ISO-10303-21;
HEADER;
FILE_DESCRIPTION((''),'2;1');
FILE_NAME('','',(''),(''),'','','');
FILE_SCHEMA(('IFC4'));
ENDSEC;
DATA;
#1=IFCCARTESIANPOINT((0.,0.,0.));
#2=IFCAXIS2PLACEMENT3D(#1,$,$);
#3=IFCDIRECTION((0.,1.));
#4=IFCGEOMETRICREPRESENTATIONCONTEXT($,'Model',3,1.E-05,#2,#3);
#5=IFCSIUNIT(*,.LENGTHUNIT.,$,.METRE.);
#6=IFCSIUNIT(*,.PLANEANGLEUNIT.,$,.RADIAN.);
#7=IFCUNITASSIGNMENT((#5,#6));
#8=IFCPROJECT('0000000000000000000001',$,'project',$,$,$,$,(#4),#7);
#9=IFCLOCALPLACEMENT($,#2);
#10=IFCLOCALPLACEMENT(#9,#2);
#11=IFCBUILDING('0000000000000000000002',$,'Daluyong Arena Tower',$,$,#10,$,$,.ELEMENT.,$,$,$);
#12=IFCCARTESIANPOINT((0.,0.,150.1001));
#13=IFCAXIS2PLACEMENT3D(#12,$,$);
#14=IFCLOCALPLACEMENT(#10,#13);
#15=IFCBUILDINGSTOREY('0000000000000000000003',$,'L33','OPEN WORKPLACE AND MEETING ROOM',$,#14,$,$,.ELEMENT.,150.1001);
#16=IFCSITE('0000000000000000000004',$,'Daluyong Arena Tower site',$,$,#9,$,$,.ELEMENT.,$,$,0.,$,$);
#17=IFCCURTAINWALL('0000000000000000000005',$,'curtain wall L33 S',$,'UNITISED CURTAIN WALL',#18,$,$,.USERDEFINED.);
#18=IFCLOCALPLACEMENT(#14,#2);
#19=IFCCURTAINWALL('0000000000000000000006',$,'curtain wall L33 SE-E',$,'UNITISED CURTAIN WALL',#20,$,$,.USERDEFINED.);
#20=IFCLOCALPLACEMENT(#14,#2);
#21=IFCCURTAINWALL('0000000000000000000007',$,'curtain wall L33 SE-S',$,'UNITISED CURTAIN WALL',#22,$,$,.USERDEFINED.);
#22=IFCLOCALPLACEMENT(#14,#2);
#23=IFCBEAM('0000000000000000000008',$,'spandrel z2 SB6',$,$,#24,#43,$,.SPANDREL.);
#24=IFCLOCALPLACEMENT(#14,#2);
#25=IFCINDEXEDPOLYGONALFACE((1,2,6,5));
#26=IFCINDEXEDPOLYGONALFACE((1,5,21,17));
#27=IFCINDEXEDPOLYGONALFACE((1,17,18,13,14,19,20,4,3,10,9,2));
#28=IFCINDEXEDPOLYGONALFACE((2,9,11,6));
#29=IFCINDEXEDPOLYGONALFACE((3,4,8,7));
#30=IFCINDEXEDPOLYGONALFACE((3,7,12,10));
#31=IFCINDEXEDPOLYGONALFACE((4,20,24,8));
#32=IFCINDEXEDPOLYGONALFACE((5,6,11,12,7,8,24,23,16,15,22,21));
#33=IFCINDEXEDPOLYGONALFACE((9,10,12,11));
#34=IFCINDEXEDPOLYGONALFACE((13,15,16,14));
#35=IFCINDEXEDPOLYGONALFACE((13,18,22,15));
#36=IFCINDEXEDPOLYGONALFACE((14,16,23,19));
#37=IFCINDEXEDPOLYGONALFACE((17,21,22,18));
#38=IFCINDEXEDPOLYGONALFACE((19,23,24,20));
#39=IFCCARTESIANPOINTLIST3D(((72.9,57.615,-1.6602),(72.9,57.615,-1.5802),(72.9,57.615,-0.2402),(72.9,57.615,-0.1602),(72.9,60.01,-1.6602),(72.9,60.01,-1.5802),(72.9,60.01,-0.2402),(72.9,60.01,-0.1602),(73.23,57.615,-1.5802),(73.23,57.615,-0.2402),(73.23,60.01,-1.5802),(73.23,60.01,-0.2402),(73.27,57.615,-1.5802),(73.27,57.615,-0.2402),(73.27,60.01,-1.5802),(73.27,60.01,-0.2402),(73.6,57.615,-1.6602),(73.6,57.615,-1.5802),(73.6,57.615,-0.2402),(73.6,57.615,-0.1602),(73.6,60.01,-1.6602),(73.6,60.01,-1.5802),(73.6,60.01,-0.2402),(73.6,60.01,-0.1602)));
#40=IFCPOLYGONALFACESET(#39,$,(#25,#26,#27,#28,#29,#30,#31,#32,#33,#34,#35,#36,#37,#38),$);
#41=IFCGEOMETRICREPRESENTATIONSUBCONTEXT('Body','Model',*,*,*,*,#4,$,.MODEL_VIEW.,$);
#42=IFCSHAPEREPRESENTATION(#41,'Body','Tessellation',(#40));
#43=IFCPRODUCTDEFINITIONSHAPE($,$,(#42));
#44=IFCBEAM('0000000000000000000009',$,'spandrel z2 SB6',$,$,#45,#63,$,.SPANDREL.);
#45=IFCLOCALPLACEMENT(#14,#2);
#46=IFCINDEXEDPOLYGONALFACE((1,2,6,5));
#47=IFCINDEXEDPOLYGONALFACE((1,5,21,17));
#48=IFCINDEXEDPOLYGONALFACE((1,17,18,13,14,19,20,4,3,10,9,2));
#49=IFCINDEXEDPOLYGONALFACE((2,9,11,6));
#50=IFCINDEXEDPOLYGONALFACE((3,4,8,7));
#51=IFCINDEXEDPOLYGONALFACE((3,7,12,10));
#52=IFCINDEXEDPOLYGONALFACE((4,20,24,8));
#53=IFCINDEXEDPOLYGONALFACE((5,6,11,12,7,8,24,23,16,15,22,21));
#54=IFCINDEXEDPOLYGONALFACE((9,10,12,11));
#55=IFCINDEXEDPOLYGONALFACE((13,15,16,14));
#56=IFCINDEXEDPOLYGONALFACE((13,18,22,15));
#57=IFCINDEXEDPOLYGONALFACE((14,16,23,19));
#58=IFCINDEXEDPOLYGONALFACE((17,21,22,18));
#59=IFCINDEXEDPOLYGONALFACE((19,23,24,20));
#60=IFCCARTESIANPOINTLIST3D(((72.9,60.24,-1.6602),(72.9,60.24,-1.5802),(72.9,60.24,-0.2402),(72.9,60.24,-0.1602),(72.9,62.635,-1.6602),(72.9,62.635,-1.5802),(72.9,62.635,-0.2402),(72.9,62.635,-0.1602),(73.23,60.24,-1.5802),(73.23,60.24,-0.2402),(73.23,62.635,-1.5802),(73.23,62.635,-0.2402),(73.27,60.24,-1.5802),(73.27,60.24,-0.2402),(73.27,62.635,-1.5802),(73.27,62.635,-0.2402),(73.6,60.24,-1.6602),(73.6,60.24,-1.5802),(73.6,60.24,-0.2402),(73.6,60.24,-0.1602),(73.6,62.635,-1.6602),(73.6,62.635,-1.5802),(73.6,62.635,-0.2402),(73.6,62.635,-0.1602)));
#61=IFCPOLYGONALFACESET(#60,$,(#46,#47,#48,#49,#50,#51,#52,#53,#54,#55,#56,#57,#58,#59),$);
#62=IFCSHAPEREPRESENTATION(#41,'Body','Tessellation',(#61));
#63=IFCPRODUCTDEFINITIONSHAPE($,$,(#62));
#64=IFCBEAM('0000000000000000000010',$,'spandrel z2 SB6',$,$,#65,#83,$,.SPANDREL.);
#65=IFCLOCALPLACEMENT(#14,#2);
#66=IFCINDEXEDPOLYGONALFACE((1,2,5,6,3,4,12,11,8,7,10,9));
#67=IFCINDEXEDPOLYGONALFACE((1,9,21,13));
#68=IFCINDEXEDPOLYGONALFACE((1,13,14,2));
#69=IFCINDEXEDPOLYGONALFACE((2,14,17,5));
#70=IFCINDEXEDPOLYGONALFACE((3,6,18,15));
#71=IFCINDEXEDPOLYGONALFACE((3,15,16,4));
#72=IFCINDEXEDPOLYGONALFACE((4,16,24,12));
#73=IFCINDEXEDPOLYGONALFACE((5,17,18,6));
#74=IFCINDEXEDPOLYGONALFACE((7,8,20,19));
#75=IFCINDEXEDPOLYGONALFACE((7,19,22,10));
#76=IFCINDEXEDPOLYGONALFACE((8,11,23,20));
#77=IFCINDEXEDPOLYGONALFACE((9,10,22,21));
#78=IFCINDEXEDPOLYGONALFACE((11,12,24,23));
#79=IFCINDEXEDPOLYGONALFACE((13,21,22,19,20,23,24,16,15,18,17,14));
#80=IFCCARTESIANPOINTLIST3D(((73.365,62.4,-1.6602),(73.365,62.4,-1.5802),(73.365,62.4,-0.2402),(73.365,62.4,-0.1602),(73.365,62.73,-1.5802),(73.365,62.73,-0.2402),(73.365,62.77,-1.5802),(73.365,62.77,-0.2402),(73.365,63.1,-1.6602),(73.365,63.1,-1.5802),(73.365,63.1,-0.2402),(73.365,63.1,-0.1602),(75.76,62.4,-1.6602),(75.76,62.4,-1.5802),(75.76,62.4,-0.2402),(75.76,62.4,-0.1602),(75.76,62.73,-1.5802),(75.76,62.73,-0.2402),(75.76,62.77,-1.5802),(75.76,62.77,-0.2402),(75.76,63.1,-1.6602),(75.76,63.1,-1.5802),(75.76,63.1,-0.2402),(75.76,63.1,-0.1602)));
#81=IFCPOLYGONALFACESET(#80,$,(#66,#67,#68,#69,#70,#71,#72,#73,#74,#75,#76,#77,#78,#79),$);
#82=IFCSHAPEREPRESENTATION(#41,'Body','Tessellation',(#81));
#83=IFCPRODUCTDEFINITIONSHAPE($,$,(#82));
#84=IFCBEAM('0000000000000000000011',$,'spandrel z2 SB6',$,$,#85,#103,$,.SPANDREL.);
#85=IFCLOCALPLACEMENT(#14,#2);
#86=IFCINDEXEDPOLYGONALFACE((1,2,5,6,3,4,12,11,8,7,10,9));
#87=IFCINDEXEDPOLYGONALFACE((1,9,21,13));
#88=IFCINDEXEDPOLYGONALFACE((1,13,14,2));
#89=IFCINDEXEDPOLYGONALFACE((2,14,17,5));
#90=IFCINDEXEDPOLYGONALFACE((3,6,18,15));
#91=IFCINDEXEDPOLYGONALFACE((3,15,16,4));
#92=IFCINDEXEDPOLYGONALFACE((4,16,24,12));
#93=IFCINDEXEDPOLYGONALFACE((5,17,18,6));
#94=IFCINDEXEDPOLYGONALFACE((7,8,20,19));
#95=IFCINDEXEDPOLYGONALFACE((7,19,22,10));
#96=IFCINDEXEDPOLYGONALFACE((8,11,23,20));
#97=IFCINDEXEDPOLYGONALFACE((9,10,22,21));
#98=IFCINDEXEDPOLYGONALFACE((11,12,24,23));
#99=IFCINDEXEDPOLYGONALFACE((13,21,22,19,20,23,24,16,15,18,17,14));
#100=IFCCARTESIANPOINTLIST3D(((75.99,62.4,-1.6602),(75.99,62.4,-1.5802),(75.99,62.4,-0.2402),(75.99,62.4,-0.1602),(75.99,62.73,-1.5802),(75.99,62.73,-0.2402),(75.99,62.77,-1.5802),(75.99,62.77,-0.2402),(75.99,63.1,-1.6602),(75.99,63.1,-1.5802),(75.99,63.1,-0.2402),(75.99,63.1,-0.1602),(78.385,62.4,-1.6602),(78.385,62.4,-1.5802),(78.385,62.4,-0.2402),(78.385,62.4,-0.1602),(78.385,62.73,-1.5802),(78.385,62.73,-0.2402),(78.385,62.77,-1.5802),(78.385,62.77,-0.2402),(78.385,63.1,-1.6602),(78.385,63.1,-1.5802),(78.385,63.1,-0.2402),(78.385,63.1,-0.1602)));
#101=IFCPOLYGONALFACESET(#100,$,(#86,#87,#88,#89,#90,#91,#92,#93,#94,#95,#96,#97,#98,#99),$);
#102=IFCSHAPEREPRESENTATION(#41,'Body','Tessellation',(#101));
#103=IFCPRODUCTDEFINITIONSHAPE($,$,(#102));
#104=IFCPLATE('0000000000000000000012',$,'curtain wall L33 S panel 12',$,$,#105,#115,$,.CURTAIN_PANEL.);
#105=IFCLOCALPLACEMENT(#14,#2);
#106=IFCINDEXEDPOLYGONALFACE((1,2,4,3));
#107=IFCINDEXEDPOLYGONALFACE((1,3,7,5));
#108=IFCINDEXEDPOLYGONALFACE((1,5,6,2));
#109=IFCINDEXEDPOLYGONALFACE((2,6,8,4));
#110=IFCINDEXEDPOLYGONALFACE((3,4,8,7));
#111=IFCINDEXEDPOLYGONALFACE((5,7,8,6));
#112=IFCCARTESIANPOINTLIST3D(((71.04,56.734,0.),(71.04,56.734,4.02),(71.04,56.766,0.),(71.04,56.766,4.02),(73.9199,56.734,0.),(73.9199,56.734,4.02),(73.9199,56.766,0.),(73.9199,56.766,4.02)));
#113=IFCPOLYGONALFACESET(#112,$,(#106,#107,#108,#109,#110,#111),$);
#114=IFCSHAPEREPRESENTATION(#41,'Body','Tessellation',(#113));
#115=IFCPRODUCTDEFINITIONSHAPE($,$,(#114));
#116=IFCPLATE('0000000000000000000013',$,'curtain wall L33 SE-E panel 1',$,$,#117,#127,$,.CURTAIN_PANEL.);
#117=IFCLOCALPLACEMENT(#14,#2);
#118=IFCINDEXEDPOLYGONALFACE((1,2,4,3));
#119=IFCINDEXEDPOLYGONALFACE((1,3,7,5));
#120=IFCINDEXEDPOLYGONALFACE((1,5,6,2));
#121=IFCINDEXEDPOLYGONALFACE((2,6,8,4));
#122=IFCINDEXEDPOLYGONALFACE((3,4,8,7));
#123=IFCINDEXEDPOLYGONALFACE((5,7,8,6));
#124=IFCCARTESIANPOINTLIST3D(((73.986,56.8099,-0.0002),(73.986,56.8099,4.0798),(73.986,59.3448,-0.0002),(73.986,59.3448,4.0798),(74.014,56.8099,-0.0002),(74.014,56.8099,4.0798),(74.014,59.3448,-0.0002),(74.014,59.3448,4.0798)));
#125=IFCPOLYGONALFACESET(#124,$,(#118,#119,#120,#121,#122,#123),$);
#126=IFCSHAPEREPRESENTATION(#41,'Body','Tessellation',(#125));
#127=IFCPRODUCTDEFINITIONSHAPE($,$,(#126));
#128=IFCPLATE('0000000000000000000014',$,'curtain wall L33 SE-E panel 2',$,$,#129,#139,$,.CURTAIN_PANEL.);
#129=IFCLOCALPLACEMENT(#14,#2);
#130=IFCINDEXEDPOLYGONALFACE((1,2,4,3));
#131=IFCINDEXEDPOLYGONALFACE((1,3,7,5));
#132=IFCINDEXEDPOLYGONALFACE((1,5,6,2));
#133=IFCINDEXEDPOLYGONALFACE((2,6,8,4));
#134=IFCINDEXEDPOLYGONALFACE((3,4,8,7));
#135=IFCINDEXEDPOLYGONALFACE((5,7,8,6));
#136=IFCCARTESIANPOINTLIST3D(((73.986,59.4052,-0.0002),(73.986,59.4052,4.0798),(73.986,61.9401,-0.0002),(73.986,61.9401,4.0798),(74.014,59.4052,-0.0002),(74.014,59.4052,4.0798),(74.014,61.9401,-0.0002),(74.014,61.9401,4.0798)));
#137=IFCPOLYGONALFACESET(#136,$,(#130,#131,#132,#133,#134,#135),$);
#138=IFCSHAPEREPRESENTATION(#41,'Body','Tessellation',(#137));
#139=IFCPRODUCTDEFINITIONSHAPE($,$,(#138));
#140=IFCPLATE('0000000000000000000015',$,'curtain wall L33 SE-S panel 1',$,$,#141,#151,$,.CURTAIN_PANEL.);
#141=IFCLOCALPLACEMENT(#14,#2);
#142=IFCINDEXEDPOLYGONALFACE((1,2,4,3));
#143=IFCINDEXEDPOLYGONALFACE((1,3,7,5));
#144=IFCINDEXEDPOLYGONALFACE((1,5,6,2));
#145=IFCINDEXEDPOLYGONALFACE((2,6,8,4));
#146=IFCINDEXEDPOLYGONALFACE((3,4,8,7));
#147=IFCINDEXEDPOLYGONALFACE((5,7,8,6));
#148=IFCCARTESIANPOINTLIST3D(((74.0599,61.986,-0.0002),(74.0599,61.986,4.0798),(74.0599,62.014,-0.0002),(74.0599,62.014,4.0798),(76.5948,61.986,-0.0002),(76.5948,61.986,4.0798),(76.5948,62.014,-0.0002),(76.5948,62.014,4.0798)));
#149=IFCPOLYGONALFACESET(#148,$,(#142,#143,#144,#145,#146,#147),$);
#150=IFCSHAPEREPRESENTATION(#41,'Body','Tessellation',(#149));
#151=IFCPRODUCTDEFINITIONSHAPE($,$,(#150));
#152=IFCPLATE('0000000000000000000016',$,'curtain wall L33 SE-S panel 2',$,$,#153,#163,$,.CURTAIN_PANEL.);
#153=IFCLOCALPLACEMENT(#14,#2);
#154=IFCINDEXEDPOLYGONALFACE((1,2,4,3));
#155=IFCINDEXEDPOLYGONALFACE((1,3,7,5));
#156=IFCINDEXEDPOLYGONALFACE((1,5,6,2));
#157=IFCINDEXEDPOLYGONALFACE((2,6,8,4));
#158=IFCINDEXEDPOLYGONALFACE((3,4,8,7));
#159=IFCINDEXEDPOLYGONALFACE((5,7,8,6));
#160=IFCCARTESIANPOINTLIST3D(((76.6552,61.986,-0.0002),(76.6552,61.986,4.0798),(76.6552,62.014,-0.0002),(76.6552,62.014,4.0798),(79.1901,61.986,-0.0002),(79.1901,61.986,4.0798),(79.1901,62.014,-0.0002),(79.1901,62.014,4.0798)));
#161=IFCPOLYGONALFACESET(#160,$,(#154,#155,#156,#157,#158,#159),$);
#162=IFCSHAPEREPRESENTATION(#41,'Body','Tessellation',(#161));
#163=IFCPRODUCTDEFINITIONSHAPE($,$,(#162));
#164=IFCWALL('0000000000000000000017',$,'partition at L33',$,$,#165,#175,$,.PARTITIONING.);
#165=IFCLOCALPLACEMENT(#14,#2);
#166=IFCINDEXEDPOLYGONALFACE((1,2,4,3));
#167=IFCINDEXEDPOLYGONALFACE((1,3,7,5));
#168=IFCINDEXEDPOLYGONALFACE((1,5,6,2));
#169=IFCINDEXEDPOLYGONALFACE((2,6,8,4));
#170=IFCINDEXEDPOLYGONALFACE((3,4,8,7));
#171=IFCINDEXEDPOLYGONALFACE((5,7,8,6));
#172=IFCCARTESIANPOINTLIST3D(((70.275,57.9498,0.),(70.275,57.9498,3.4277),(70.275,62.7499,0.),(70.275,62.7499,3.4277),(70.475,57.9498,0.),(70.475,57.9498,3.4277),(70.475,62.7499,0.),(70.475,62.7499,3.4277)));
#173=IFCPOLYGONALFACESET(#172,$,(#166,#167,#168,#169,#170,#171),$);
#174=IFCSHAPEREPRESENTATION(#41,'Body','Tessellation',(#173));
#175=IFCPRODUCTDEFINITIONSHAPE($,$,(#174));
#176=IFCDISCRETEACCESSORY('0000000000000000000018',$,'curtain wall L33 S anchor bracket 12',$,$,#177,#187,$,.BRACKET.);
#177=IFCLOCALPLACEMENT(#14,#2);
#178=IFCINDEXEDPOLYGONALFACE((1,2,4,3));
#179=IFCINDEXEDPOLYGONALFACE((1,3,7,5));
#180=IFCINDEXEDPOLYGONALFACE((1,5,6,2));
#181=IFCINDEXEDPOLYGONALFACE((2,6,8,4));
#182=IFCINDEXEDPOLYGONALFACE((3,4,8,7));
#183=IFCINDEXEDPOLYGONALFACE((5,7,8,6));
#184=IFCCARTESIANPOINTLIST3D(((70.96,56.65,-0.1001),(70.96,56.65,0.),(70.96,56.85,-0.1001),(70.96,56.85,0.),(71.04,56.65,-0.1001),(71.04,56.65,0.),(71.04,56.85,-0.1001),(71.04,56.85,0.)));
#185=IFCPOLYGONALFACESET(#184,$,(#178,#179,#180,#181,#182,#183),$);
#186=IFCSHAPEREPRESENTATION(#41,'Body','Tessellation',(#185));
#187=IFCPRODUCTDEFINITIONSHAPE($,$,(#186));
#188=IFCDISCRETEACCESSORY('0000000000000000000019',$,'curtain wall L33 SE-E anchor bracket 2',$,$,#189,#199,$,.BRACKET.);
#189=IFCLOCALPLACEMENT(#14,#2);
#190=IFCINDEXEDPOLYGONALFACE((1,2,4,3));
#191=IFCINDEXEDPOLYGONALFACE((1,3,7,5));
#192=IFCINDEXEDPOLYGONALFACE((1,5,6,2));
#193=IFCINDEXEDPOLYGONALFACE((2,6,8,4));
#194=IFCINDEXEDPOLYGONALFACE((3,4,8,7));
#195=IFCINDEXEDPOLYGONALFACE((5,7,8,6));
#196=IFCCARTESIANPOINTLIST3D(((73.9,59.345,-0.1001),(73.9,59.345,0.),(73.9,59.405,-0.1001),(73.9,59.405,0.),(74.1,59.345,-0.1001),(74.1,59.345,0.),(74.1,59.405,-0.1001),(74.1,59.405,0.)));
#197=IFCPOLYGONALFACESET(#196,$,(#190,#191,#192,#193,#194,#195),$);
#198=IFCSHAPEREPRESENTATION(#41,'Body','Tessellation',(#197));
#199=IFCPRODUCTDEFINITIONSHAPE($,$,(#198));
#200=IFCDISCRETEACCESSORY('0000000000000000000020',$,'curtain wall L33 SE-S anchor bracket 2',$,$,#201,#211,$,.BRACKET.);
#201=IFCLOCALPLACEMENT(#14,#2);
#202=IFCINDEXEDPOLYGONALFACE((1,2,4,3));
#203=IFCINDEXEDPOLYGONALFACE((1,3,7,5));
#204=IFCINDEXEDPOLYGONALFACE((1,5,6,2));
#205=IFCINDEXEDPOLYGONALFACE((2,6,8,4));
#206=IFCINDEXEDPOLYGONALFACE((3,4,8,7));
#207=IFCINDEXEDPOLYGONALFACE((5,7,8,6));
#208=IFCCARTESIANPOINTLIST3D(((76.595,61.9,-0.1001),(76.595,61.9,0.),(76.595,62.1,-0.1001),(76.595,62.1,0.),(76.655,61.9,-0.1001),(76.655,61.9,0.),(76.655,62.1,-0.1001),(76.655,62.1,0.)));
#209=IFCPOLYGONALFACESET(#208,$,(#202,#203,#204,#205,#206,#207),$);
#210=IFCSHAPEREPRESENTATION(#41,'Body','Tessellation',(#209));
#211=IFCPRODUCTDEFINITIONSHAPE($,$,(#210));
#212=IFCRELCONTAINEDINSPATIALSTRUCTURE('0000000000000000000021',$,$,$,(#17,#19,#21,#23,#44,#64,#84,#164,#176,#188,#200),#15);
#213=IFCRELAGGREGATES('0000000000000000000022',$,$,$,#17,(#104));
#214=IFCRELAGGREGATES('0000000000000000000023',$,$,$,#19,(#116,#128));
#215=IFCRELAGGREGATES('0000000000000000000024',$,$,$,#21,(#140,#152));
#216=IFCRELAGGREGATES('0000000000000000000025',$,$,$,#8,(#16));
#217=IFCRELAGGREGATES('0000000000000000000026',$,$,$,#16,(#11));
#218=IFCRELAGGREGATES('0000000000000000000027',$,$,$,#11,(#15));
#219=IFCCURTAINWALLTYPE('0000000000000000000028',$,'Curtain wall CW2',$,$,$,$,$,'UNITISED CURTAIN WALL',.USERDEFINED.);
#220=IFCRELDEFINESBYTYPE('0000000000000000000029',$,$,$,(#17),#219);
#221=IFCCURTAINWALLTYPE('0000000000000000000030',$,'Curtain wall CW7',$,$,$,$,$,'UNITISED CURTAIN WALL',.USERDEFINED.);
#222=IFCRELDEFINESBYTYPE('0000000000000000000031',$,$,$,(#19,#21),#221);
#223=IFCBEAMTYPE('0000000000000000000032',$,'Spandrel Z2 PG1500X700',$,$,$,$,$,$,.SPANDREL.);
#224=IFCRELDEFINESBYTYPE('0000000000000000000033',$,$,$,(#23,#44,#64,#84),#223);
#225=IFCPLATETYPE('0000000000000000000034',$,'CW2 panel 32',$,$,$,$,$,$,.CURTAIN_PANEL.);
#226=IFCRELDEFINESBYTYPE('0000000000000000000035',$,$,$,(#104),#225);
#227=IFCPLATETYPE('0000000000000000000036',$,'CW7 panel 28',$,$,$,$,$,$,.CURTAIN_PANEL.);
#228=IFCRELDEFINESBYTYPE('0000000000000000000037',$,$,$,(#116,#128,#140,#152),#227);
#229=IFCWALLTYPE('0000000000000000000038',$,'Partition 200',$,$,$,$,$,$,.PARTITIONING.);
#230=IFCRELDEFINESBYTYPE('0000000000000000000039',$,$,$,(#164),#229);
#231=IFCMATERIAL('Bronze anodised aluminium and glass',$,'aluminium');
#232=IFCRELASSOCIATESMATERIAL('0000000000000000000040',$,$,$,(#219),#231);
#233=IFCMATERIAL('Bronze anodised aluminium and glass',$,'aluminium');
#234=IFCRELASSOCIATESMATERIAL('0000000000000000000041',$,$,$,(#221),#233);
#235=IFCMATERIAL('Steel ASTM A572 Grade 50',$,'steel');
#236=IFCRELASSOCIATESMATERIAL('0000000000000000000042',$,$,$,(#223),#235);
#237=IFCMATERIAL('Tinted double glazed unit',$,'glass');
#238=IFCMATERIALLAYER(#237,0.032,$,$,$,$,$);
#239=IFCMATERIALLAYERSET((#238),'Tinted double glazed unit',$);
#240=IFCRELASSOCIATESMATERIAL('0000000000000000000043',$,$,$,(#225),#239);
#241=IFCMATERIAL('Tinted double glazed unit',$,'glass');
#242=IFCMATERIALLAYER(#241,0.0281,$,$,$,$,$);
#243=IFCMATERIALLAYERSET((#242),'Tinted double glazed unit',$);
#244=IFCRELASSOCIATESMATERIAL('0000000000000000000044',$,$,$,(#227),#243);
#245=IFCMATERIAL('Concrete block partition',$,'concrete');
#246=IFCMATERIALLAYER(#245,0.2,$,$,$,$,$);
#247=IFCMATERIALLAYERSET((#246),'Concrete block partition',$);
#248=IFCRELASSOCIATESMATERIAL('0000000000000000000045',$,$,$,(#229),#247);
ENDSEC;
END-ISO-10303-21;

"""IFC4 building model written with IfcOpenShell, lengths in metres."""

from ifc_helpers import new_model, si_unit, direction, frame, frame_2d, origin, origin_2d, place, context, subcontext, project, spatial, rectangle, i_section, extrude, material, layer, layer_set, material_profile, profile_set, type_object, element, aggregate, save


model = new_model("IFC4")

# Units and contexts
model_context = context("Model", 3, precision=1e-05, world=origin(), true_north=direction((0.0, 1.0)))
body_context = subcontext(model_context, "Body", "Model", "MODEL_VIEW")
ifc_project = project(units=[si_unit("LENGTHUNIT", "METRE"), si_unit("PLANEANGLEUNIT", "RADIAN")], contexts=[model_context])

# Site, building, storey
site_placement = place(None, origin())
site = spatial("IfcSite", under=ifc_project, at=site_placement, Name="Daluyong Arena Tower site", CompositionType="ELEMENT", RefElevation=0.0)
building_placement = place(site_placement, origin())
building = spatial("IfcBuilding", under=site, at=building_placement, Name="Daluyong Arena Tower", CompositionType="ELEMENT")
storey_placement = place(building_placement, frame((0.0, 0.0, 150.1001)))
storey = spatial("IfcBuildingStorey", under=building, at=storey_placement, Name="L33", Description="OPEN WORKPLACE AND MEETING ROOM", CompositionType="ELEMENT", Elevation=150.1001)

# Curtain wall
ifc_material_1 = material(Name="Bronze anodised aluminium and glass", Category="aluminium")
curtain_wall_type_1 = type_object("IfcCurtainWallType", Name="Curtain wall CW2", ElementType="UNITISED CURTAIN WALL", PredefinedType="USERDEFINED", material=ifc_material_1)
curtain_wall_1_placement = place(storey_placement, origin())
curtain_wall_1 = element("IfcCurtainWall", 1, at=curtain_wall_1_placement, inside=storey, type_object=curtain_wall_type_1, Name="curtain wall L33 S", ObjectType="UNITISED CURTAIN WALL", PredefinedType="USERDEFINED")

# Curtain walls
ifc_material_2 = material(Name="Bronze anodised aluminium and glass", Category="aluminium")
curtain_wall_type_2 = type_object("IfcCurtainWallType", Name="Curtain wall CW7", ElementType="UNITISED CURTAIN WALL", PredefinedType="USERDEFINED", material=ifc_material_2)
curtain_wall_2_placement = place(storey_placement, origin())
curtain_wall_2 = element("IfcCurtainWall", 2, at=curtain_wall_2_placement, inside=storey, type_object=curtain_wall_type_2, Name="curtain wall L33 SE-E", ObjectType="UNITISED CURTAIN WALL", PredefinedType="USERDEFINED")
curtain_wall_3_placement = place(storey_placement, origin())
curtain_wall_3 = element("IfcCurtainWall", 3, at=curtain_wall_3_placement, inside=storey, type_object=curtain_wall_type_2, Name="curtain wall L33 SE-S", ObjectType="UNITISED CURTAIN WALL", PredefinedType="USERDEFINED")

# Beams
ifc_material_3 = material(Name="Steel ASTM A572 Grade 50", Category="steel")
ifc_material_profile_1 = material_profile(ifc_material_3, i_section(OverallWidth=0.7, OverallDepth=1.5, WebThickness=0.04, FlangeThickness=0.08, at=origin_2d()))
ifc_profile_set_1 = profile_set([ifc_material_profile_1], Name="Steel ASTM A572 Grade 50")
beam_type_1 = type_object("IfcBeamType", Name="Spandrel Z2 PG1500X700", PredefinedType="SPANDREL", material=ifc_profile_set_1)
for number, where, z_axis, x_axis, name in (
    (4, (73.25, 57.615, -0.9102), (0.0, 1.0, 0.0), (-1.0, 0.0, 0.0), "spandrel z2 SB6"),
    (5, (73.25, 60.24, -0.9102), (0.0, 1.0, 0.0), (-1.0, 0.0, 0.0), "spandrel z2 SB6"),
    (6, (73.365, 62.75, -0.9102), (1.0, 0.0, 0.0), (0.0, 1.0, 0.0), "spandrel z2 SB6"),
    (7, (75.99, 62.75, -0.9102), (1.0, 0.0, 0.0), (0.0, 1.0, 0.0), "spandrel z2 SB6"),
):
    element("IfcBeam", number, at=place(storey_placement, frame(where, z_axis=z_axis, x_axis=x_axis)), inside=storey, type_object=beam_type_1, Name=name, PredefinedType="SPANDREL", context=body_context, shape_type="SweptSolid", body=[
        extrude(i_section(OverallWidth=0.7, OverallDepth=1.5, WebThickness=0.04, FlangeThickness=0.08, at=origin_2d()), origin(), (0.0, 0.0, 1.0), 2.395),
    ])

# Plates
ifc_material_4 = material(Name="Tinted double glazed unit", Category="glass")
ifc_layer_1 = layer(ifc_material_4, 0.032)
ifc_layer_set_1 = layer_set([ifc_layer_1], Name="Tinted double glazed unit")
plate_type_1 = type_object("IfcPlateType", Name="CW2 panel 32", PredefinedType="CURTAIN_PANEL", material=ifc_layer_set_1)
plate_1_placement = place(storey_placement, frame((72.48, 56.75, 0.0), z_axis=(0.0, 0.0, 1.0), x_axis=(1.0, 0.0, 0.0)))
plate_1 = element("IfcPlate", 8, at=plate_1_placement, type_object=plate_type_1, Name="curtain wall L33 S panel 12", PredefinedType="CURTAIN_PANEL", context=body_context, shape_type="SweptSolid", body=[
    extrude(rectangle(XDim=2.8799, YDim=0.032, at=origin_2d()), origin(), (0.0, 0.0, 1.0), 4.02),
])
aggregate(curtain_wall_1, [plate_1])
ifc_material_5 = material(Name="Tinted double glazed unit", Category="glass")
ifc_layer_2 = layer(ifc_material_5, 0.0281)
ifc_layer_set_2 = layer_set([ifc_layer_2], Name="Tinted double glazed unit")
plate_type_2 = type_object("IfcPlateType", Name="CW7 panel 28", PredefinedType="CURTAIN_PANEL", material=ifc_layer_set_2)
plate_2_placement = place(storey_placement, frame((74.0, 58.0774, -0.0002), z_axis=(0.0, 0.0, 1.0), x_axis=(0.0, 1.0, 0.0)))
plate_2 = element("IfcPlate", 9, at=plate_2_placement, type_object=plate_type_2, Name="curtain wall L33 SE-E panel 1", PredefinedType="CURTAIN_PANEL", context=body_context, shape_type="SweptSolid", body=[
    extrude(rectangle(XDim=2.5349, YDim=0.0281, at=origin_2d()), origin(), (0.0, 0.0, 1.0), 4.0801),
])
plate_3_placement = place(storey_placement, frame((74.0, 60.6726, -0.0002), z_axis=(0.0, 0.0, 1.0), x_axis=(0.0, 1.0, 0.0)))
plate_3 = element("IfcPlate", 10, at=plate_3_placement, type_object=plate_type_2, Name="curtain wall L33 SE-E panel 2", PredefinedType="CURTAIN_PANEL", context=body_context, shape_type="SweptSolid", body=[
    extrude(rectangle(XDim=2.5349, YDim=0.0281, at=origin_2d()), origin(), (0.0, 0.0, 1.0), 4.0801),
])
aggregate(curtain_wall_2, [plate_2, plate_3])
plate_4_placement = place(storey_placement, frame((75.3274, 62.0, -0.0002), z_axis=(0.0, 0.0, 1.0), x_axis=(1.0, 0.0, 0.0)))
plate_4 = element("IfcPlate", 11, at=plate_4_placement, type_object=plate_type_2, Name="curtain wall L33 SE-S panel 1", PredefinedType="CURTAIN_PANEL", context=body_context, shape_type="SweptSolid", body=[
    extrude(rectangle(XDim=2.5349, YDim=0.0281, at=origin_2d()), origin(), (0.0, 0.0, 1.0), 4.0801),
])
plate_5_placement = place(storey_placement, frame((77.9226, 62.0, -0.0002), z_axis=(0.0, 0.0, 1.0), x_axis=(1.0, 0.0, 0.0)))
plate_5 = element("IfcPlate", 12, at=plate_5_placement, type_object=plate_type_2, Name="curtain wall L33 SE-S panel 2", PredefinedType="CURTAIN_PANEL", context=body_context, shape_type="SweptSolid", body=[
    extrude(rectangle(XDim=2.5349, YDim=0.0281, at=origin_2d()), origin(), (0.0, 0.0, 1.0), 4.0801),
])
aggregate(curtain_wall_3, [plate_4, plate_5])

# Wall
ifc_material_6 = material(Name="Concrete block partition", Category="concrete")
ifc_layer_3 = layer(ifc_material_6, 0.2)
ifc_layer_set_3 = layer_set([ifc_layer_3], Name="Concrete block partition")
wall_type = type_object("IfcWallType", Name="Partition 200", PredefinedType="PARTITIONING", material=ifc_layer_set_3)
wall_placement = place(storey_placement, frame((70.375, 57.95, 0.0), z_axis=(0.0, 0.0, 1.0), x_axis=(0.0, 1.0, 0.0)))
element("IfcWall", 13, at=wall_placement, inside=storey, type_object=wall_type, Name="partition at L33", PredefinedType="PARTITIONING", context=body_context, shape_type="SweptSolid", body=[
    extrude(rectangle(XDim=4.8, YDim=0.2, at=frame_2d((2.3999, 0.0))), origin(), (0.0, 0.0, 1.0), 3.4277),
])

# Discrete accessories
discrete_accessory_placement = place(storey_placement, frame((71.0, 56.75, -0.1001), z_axis=(0.0, 0.0, 1.0), x_axis=(1.0, 0.0, 0.0)))
element("IfcDiscreteAccessory", 14, at=discrete_accessory_placement, inside=storey, Name="curtain wall L33 S anchor bracket 12", PredefinedType="BRACKET", context=body_context, shape_type="SweptSolid", body=[
    extrude(rectangle(XDim=0.0801, YDim=0.2, at=origin_2d()), origin(), (0.0, 0.0, 1.0), 0.1001),
])
for number, where, z_axis, x_axis, name in (
    (15, (74.0, 59.375, -0.1001), (0.0, 0.0, 1.0), (0.0, 1.0, 0.0), "curtain wall L33 SE-E anchor bracket 2"),
    (16, (76.625, 62.0, -0.1001), (0.0, 0.0, 1.0), (1.0, 0.0, 0.0), "curtain wall L33 SE-S anchor bracket 2"),
):
    element("IfcDiscreteAccessory", number, at=place(storey_placement, frame(where, z_axis=z_axis, x_axis=x_axis)), inside=storey, Name=name, PredefinedType="BRACKET", context=body_context, shape_type="SweptSolid", body=[
        extrude(rectangle(XDim=0.0601, YDim=0.2, at=origin_2d()), origin(), (0.0, 0.0, 1.0), 0.1001),
    ])

save(model, "model.ifc")
